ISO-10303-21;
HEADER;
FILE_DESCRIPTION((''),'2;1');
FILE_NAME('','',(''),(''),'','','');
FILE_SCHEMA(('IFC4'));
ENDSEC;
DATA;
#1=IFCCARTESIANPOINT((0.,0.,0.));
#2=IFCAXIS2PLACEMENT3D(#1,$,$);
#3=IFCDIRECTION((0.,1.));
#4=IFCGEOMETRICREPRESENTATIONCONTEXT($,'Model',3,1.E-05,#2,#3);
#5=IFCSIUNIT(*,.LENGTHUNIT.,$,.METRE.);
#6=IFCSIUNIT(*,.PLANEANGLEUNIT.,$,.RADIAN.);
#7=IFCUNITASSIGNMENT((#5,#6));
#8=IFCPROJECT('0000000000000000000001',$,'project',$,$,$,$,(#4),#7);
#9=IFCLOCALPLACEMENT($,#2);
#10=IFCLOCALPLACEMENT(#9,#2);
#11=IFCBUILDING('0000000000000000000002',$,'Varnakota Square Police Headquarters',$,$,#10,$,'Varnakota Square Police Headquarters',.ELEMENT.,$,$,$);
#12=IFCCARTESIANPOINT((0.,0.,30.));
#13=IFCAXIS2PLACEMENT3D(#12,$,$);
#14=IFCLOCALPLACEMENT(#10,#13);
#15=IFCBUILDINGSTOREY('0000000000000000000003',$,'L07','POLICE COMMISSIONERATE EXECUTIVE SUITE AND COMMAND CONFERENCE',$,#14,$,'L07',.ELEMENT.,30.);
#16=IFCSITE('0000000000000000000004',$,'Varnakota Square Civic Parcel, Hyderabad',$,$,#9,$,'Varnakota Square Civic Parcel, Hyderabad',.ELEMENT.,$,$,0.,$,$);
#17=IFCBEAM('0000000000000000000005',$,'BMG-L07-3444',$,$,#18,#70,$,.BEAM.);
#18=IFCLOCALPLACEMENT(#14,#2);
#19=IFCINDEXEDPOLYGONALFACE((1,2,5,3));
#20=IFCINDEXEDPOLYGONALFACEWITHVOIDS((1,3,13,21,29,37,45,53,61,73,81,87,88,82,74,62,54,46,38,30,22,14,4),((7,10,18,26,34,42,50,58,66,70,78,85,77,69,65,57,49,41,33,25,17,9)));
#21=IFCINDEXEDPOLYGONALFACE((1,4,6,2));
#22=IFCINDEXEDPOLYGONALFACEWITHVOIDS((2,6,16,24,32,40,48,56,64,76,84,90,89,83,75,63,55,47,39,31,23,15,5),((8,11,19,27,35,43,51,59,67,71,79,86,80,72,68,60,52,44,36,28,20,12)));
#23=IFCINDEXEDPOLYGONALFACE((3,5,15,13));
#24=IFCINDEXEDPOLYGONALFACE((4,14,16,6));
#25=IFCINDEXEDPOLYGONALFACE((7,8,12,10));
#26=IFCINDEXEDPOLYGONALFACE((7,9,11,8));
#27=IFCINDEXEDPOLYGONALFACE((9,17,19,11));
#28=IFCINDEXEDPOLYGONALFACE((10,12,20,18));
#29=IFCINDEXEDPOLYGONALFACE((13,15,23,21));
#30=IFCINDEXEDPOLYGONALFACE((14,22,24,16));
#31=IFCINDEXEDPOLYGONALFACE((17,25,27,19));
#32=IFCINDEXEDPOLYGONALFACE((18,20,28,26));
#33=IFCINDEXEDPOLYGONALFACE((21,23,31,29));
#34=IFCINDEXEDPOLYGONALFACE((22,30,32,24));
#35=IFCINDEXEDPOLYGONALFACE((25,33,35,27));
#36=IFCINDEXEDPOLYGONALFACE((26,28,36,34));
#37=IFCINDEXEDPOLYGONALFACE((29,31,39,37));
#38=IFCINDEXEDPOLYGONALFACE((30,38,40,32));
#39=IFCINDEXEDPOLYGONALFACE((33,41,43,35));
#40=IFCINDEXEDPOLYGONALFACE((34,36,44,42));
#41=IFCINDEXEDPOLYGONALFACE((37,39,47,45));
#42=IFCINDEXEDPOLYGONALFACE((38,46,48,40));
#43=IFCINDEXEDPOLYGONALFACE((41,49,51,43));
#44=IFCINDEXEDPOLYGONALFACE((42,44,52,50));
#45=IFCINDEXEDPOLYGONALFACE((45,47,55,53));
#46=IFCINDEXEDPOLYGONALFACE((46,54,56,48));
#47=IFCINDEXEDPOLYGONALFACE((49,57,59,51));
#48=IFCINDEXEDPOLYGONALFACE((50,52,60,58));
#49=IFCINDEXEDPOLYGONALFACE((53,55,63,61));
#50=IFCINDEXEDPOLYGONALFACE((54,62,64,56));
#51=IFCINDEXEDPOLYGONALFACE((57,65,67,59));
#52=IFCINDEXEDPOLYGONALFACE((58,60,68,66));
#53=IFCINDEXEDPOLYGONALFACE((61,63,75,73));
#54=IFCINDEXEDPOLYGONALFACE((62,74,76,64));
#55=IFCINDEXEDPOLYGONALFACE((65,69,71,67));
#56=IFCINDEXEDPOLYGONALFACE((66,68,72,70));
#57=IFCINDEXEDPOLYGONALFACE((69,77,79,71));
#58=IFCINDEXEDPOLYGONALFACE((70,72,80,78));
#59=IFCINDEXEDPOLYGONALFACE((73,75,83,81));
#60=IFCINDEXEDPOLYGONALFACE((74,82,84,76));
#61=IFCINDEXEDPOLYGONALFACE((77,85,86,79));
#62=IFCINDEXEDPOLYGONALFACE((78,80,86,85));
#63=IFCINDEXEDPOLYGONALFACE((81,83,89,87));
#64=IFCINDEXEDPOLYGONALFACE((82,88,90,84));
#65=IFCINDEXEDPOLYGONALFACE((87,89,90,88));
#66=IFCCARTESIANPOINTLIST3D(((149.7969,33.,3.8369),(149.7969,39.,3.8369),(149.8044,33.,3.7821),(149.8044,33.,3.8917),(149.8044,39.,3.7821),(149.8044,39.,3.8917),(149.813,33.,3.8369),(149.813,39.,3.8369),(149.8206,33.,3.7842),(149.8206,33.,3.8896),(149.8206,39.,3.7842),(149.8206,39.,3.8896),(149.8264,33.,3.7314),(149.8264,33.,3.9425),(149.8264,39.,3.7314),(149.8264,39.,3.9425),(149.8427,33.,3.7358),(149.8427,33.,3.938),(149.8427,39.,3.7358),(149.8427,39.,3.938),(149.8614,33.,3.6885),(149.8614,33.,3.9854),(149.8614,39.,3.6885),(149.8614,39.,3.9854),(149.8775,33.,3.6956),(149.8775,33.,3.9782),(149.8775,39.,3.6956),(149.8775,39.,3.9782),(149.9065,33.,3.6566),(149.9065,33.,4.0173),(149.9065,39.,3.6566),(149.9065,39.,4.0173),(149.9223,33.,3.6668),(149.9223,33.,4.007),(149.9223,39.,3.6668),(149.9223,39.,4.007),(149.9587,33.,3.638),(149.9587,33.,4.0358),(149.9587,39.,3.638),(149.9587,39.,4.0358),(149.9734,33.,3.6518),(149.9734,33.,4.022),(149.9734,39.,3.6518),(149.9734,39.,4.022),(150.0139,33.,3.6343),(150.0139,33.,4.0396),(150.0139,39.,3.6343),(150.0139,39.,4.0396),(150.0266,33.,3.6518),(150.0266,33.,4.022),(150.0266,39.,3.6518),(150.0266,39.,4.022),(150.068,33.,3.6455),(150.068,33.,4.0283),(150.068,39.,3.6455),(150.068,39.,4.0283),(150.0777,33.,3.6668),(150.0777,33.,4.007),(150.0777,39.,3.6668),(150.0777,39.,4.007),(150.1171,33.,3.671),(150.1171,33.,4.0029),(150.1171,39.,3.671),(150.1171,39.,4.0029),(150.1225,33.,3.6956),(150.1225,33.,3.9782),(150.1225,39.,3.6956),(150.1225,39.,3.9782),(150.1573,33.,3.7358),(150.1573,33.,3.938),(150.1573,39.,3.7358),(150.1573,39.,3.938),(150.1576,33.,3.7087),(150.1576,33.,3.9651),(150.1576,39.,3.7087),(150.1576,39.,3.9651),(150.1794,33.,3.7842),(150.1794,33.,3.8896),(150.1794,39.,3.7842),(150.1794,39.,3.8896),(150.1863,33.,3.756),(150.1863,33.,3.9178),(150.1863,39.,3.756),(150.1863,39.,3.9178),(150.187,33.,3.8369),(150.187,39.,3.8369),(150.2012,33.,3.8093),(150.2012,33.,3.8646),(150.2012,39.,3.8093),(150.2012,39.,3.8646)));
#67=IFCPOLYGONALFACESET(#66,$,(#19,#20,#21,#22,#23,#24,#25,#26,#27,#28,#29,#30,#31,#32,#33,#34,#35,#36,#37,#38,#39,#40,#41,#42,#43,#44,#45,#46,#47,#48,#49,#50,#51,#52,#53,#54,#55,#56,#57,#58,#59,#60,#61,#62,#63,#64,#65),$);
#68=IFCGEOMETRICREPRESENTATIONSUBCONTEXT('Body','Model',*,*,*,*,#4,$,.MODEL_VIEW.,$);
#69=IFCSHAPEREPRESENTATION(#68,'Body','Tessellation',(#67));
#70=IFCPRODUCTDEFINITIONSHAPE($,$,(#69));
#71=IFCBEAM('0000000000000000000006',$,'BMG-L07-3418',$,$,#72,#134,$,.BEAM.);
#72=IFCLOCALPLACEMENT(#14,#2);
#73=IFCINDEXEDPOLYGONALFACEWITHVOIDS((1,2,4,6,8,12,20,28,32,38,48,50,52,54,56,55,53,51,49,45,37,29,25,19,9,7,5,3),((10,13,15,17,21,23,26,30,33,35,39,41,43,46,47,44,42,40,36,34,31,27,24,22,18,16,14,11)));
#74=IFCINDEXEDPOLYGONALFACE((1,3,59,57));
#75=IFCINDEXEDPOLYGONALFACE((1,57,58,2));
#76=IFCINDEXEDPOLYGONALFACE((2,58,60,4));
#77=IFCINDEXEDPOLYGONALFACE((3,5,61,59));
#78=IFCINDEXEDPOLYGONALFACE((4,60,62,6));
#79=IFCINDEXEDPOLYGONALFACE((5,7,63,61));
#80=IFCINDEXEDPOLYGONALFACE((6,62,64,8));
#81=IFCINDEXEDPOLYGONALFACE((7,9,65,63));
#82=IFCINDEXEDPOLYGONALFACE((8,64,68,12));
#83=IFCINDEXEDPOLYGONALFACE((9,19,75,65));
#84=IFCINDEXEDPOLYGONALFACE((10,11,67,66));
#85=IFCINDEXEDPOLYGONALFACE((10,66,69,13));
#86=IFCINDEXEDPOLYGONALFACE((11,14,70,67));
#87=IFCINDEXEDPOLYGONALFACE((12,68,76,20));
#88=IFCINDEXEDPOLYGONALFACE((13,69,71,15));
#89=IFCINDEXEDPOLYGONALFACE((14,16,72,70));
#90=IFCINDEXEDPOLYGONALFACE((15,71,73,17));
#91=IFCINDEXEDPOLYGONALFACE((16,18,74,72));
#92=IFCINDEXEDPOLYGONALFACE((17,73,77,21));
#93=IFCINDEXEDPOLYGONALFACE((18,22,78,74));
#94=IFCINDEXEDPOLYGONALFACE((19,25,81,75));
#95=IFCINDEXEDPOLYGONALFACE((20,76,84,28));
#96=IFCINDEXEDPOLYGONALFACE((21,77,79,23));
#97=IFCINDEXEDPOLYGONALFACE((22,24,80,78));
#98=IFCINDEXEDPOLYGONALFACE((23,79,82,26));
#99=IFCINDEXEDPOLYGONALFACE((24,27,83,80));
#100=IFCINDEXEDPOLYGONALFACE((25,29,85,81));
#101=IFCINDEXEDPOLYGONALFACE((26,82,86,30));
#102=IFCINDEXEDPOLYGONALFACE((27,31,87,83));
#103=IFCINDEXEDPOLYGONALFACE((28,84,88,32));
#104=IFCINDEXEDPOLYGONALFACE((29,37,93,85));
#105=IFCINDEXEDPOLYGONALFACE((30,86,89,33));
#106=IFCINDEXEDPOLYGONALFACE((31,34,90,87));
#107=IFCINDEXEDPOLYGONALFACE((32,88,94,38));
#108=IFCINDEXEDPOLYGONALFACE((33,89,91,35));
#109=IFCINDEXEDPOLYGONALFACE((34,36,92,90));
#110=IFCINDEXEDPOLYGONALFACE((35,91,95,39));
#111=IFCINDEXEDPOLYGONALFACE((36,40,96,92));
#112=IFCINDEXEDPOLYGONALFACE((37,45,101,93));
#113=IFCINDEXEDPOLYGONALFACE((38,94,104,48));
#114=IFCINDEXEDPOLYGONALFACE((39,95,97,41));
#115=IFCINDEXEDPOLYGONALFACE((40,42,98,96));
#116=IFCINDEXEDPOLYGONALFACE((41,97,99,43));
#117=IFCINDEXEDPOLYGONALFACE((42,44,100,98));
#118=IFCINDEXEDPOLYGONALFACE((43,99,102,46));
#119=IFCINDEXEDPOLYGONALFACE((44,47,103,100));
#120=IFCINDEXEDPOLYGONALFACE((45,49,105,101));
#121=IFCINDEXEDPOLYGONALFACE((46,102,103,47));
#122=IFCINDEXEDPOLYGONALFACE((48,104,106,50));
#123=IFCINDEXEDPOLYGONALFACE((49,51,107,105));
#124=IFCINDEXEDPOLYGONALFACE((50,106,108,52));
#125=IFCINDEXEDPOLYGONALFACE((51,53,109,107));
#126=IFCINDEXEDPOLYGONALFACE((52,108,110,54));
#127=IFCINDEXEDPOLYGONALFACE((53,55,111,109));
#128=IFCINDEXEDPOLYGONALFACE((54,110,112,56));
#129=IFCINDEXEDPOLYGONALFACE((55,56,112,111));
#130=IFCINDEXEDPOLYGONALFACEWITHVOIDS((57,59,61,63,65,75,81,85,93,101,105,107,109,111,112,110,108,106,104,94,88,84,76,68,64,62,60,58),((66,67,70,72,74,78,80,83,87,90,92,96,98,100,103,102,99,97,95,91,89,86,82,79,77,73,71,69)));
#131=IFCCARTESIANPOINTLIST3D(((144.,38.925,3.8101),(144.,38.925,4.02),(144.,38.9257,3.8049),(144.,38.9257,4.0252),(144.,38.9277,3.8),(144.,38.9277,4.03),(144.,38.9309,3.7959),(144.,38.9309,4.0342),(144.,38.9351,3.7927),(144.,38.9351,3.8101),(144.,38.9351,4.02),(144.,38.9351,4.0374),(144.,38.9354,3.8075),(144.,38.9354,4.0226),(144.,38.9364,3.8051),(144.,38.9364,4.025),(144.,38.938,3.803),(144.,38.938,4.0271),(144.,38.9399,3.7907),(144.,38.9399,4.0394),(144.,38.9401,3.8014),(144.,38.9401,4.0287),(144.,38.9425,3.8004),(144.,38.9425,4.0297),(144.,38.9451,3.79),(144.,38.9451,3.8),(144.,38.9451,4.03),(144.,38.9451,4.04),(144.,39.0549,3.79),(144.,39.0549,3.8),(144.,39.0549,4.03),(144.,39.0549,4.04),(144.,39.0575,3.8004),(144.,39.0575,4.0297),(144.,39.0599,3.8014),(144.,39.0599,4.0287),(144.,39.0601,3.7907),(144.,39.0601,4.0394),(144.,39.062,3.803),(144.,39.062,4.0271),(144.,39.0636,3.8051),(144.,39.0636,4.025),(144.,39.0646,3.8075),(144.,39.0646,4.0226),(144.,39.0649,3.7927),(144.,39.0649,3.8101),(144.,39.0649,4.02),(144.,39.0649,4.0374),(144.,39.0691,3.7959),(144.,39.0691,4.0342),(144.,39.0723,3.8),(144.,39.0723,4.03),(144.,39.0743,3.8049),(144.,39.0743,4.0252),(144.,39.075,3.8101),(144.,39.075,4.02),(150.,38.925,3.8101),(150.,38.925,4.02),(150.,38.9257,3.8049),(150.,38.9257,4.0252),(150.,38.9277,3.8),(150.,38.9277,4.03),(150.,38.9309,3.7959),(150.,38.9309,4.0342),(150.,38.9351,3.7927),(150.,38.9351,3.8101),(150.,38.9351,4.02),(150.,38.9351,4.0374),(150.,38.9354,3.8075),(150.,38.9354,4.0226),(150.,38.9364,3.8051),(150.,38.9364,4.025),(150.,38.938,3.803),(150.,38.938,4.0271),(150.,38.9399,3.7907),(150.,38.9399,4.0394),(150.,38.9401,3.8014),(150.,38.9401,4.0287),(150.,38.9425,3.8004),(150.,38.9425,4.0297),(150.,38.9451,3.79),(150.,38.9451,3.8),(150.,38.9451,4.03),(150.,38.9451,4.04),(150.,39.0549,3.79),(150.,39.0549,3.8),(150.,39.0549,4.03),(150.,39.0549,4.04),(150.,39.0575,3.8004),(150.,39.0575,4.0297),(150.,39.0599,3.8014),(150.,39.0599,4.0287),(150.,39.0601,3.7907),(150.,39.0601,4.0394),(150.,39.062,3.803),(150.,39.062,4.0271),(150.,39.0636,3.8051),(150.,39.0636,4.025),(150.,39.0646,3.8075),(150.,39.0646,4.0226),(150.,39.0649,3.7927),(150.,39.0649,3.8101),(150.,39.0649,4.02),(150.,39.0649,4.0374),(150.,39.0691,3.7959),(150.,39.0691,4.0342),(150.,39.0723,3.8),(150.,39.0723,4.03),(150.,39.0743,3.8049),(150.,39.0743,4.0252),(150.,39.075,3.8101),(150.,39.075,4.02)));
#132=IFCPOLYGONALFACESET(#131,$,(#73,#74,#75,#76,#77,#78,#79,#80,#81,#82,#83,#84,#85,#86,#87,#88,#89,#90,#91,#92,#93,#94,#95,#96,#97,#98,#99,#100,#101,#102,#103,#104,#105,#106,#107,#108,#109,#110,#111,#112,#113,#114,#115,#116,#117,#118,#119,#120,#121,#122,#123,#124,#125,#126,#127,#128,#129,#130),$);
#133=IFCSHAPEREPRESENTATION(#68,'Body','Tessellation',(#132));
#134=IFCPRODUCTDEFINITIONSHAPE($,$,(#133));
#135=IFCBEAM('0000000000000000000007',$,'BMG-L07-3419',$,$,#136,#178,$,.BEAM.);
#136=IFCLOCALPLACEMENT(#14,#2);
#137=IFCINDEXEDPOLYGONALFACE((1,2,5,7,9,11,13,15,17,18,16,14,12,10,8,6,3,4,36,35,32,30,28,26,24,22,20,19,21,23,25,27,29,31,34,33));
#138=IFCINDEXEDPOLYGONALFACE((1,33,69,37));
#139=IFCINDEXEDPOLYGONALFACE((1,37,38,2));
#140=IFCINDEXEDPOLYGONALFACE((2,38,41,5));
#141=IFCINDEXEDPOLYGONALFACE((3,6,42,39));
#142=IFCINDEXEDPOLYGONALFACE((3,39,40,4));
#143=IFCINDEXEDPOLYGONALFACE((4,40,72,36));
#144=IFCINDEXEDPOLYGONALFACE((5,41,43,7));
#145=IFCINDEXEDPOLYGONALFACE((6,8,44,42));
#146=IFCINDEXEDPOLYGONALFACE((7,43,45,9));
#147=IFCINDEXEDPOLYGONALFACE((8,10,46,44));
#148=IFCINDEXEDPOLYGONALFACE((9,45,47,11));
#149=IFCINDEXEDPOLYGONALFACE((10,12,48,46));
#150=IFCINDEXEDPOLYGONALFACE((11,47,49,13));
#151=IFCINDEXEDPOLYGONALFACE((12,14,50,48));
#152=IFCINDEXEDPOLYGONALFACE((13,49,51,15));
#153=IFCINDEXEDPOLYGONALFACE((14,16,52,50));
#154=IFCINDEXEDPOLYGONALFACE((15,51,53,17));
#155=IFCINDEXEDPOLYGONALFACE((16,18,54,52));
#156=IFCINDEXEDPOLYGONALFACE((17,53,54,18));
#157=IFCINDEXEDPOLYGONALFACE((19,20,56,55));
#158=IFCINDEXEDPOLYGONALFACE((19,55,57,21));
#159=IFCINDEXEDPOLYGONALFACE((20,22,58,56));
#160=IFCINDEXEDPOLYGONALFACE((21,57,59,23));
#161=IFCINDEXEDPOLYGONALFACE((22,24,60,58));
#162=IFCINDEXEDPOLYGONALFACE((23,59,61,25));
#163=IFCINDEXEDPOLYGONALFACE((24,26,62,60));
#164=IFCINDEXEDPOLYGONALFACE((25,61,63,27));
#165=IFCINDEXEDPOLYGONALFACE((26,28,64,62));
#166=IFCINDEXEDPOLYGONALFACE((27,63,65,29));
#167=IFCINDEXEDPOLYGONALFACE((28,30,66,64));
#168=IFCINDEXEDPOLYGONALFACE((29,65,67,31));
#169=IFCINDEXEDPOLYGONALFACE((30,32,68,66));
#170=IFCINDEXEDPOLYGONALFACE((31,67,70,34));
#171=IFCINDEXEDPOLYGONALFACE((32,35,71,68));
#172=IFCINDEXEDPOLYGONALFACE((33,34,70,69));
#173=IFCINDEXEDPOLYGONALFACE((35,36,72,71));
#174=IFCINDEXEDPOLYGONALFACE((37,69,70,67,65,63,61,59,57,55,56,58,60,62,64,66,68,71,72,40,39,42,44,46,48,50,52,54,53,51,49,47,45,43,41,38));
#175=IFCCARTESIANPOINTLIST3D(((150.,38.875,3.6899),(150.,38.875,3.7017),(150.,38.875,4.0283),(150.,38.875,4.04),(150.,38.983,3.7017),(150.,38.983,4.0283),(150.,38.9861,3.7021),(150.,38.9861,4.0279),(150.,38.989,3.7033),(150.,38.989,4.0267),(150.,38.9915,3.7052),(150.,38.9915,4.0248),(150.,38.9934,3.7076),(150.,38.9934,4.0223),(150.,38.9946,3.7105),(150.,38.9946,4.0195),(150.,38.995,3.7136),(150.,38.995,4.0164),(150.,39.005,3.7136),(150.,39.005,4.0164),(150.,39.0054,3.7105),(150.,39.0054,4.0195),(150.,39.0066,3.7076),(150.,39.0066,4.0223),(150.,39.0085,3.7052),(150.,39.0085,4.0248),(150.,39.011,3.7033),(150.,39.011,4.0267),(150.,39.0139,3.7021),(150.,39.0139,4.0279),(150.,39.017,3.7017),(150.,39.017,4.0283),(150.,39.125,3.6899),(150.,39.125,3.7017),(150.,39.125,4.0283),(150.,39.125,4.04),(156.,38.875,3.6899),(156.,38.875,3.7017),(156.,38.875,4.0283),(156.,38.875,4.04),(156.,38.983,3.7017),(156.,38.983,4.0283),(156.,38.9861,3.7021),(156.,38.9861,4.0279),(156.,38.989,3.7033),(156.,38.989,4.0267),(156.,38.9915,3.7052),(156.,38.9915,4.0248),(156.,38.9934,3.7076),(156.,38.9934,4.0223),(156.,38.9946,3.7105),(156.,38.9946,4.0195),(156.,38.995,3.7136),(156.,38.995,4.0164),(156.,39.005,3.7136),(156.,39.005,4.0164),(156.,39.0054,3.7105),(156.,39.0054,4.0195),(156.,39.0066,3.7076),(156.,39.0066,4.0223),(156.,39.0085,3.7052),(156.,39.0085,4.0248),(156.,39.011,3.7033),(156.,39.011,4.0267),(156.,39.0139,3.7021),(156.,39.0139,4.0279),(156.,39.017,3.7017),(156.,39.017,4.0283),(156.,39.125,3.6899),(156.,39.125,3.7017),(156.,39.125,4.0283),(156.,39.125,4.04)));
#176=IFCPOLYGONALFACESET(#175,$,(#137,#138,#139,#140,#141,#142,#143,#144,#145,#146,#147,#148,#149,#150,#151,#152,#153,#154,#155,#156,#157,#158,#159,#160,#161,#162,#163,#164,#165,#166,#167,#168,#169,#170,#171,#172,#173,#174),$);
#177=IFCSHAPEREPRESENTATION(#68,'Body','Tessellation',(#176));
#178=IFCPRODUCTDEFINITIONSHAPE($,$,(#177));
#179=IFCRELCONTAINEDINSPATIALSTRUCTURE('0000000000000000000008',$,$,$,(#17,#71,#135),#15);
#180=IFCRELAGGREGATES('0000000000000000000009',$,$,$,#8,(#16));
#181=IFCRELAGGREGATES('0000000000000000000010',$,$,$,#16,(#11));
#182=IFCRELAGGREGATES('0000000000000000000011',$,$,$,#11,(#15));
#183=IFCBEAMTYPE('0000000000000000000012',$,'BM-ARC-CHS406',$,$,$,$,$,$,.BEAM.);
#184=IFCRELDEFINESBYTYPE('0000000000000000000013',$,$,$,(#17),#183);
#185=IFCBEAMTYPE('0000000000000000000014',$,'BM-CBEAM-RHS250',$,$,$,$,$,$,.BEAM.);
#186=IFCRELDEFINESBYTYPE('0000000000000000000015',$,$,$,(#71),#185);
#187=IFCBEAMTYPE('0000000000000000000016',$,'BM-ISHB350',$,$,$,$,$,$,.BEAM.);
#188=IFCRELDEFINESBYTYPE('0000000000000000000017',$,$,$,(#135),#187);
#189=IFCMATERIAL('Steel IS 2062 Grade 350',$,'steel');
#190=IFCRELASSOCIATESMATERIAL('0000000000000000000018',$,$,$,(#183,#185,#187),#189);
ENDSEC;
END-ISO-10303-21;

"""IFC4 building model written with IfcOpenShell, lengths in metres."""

from ifc_helpers import new_model, si_unit, direction, frame, origin, origin_2d, place, context, subcontext, project, spatial, hollow_rectangle, hollow_circle, i_section, extrude, material, material_profile, profile_set, type_object, element, save


model = new_model("IFC4")

# Units and contexts
model_context = context("Model", 3, precision=1e-05, world=origin(), true_north=direction((0.0, 1.0)))
body_context = subcontext(model_context, "Body", "Model", "MODEL_VIEW")
ifc_project = project(units=[si_unit("LENGTHUNIT", "METRE"), si_unit("PLANEANGLEUNIT", "RADIAN")], contexts=[model_context])

# Site, building, storey
site_placement = place(None, origin())
site = spatial("IfcSite", under=ifc_project, at=site_placement, Name="Varnakota Square Civic Parcel, Hyderabad", LongName="Varnakota Square Civic Parcel, Hyderabad", CompositionType="ELEMENT", RefElevation=0.0)
building_placement = place(site_placement, origin())
building = spatial("IfcBuilding", under=site, at=building_placement, Name="Varnakota Square Police Headquarters", LongName="Varnakota Square Police Headquarters", CompositionType="ELEMENT")
storey_placement = place(building_placement, frame((0.0, 0.0, 30.0)))
storey = spatial("IfcBuildingStorey", under=building, at=storey_placement, Name="L07", Description="POLICE COMMISSIONERATE EXECUTIVE SUITE AND COMMAND CONFERENCE", LongName="L07", CompositionType="ELEMENT", Elevation=30.0)

# Shared definitions
ifc_material_1 = material(Name="Steel IS 2062 Grade 350", Category="steel")

# Beams
ifc_material_profile_1 = material_profile(ifc_material_1, hollow_circle(Radius=0.2031, WallThickness=0.0161, at=origin_2d()), Name="CHS 406.4x16.0")
ifc_profile_set_1 = profile_set([ifc_material_profile_1], Name="Steel IS 2062 Grade 350")
beam_type_1 = type_object("IfcBeamType", Name="BM-ARC-CHS406", PredefinedType="BEAM", material=ifc_profile_set_1)
for number, where, z_axis, x_axis, name in (
    (1, (150.0, 33.0, 3.8369), (0.0, 1.0, 0.0), (-1.0, 0.0, 0.0), "BMG-L07-3444"),
):
    element("IfcBeam", number, at=place(storey_placement, frame(where, z_axis=z_axis, x_axis=x_axis)), inside=storey, type_object=beam_type_1, Name=name, PredefinedType="BEAM", context=body_context, shape_type="SweptSolid", body=[
        extrude(hollow_circle(Radius=0.2031, WallThickness=0.0161, at=origin_2d()), origin(), (0.0, 0.0, 1.0), 6.0),
    ])
ifc_material_profile_2 = material_profile(ifc_material_1, hollow_rectangle(XDim=0.1499, YDim=0.25, WallThickness=0.01, InnerFilletRadius=0.01, OuterFilletRadius=0.02, at=origin_2d()), Name="RHS 250x150x10")
ifc_profile_set_2 = profile_set([ifc_material_profile_2], Name="Steel IS 2062 Grade 350")
beam_type_2 = type_object("IfcBeamType", Name="BM-CBEAM-RHS250", PredefinedType="BEAM", material=ifc_profile_set_2)
beam_1_placement = place(storey_placement, frame((144.0, 39.0, 3.915), z_axis=(1.0, 0.0, 0.0), x_axis=(0.0, 1.0, 0.0)))
element("IfcBeam", 2, at=beam_1_placement, inside=storey, type_object=beam_type_2, Name="BMG-L07-3418", PredefinedType="BEAM", context=body_context, shape_type="SweptSolid", body=[
    extrude(hollow_rectangle(XDim=0.1499, YDim=0.25, WallThickness=0.01, InnerFilletRadius=0.01, OuterFilletRadius=0.02, at=origin_2d()), origin(), (0.0, 0.0, 1.0), 6.0),
])
ifc_material_profile_3 = material_profile(ifc_material_1, i_section(OverallWidth=0.25, OverallDepth=0.3501, WebThickness=0.01, FlangeThickness=0.0117, FilletRadius=0.012, at=origin_2d()), Name="ISHB 350")
ifc_profile_set_3 = profile_set([ifc_material_profile_3], Name="Steel IS 2062 Grade 350")
beam_type_3 = type_object("IfcBeamType", Name="BM-ISHB350", PredefinedType="BEAM", material=ifc_profile_set_3)
beam_2_placement = place(storey_placement, frame((150.0, 39.0, 3.865), z_axis=(1.0, 0.0, 0.0), x_axis=(0.0, 1.0, 0.0)))
element("IfcBeam", 3, at=beam_2_placement, inside=storey, type_object=beam_type_3, Name="BMG-L07-3419", PredefinedType="BEAM", context=body_context, shape_type="SweptSolid", body=[
    extrude(i_section(OverallWidth=0.25, OverallDepth=0.3501, WebThickness=0.01, FlangeThickness=0.0117, FilletRadius=0.012, at=origin_2d()), origin(), (0.0, 0.0, 1.0), 6.0),
])

save(model, "model.ifc")
